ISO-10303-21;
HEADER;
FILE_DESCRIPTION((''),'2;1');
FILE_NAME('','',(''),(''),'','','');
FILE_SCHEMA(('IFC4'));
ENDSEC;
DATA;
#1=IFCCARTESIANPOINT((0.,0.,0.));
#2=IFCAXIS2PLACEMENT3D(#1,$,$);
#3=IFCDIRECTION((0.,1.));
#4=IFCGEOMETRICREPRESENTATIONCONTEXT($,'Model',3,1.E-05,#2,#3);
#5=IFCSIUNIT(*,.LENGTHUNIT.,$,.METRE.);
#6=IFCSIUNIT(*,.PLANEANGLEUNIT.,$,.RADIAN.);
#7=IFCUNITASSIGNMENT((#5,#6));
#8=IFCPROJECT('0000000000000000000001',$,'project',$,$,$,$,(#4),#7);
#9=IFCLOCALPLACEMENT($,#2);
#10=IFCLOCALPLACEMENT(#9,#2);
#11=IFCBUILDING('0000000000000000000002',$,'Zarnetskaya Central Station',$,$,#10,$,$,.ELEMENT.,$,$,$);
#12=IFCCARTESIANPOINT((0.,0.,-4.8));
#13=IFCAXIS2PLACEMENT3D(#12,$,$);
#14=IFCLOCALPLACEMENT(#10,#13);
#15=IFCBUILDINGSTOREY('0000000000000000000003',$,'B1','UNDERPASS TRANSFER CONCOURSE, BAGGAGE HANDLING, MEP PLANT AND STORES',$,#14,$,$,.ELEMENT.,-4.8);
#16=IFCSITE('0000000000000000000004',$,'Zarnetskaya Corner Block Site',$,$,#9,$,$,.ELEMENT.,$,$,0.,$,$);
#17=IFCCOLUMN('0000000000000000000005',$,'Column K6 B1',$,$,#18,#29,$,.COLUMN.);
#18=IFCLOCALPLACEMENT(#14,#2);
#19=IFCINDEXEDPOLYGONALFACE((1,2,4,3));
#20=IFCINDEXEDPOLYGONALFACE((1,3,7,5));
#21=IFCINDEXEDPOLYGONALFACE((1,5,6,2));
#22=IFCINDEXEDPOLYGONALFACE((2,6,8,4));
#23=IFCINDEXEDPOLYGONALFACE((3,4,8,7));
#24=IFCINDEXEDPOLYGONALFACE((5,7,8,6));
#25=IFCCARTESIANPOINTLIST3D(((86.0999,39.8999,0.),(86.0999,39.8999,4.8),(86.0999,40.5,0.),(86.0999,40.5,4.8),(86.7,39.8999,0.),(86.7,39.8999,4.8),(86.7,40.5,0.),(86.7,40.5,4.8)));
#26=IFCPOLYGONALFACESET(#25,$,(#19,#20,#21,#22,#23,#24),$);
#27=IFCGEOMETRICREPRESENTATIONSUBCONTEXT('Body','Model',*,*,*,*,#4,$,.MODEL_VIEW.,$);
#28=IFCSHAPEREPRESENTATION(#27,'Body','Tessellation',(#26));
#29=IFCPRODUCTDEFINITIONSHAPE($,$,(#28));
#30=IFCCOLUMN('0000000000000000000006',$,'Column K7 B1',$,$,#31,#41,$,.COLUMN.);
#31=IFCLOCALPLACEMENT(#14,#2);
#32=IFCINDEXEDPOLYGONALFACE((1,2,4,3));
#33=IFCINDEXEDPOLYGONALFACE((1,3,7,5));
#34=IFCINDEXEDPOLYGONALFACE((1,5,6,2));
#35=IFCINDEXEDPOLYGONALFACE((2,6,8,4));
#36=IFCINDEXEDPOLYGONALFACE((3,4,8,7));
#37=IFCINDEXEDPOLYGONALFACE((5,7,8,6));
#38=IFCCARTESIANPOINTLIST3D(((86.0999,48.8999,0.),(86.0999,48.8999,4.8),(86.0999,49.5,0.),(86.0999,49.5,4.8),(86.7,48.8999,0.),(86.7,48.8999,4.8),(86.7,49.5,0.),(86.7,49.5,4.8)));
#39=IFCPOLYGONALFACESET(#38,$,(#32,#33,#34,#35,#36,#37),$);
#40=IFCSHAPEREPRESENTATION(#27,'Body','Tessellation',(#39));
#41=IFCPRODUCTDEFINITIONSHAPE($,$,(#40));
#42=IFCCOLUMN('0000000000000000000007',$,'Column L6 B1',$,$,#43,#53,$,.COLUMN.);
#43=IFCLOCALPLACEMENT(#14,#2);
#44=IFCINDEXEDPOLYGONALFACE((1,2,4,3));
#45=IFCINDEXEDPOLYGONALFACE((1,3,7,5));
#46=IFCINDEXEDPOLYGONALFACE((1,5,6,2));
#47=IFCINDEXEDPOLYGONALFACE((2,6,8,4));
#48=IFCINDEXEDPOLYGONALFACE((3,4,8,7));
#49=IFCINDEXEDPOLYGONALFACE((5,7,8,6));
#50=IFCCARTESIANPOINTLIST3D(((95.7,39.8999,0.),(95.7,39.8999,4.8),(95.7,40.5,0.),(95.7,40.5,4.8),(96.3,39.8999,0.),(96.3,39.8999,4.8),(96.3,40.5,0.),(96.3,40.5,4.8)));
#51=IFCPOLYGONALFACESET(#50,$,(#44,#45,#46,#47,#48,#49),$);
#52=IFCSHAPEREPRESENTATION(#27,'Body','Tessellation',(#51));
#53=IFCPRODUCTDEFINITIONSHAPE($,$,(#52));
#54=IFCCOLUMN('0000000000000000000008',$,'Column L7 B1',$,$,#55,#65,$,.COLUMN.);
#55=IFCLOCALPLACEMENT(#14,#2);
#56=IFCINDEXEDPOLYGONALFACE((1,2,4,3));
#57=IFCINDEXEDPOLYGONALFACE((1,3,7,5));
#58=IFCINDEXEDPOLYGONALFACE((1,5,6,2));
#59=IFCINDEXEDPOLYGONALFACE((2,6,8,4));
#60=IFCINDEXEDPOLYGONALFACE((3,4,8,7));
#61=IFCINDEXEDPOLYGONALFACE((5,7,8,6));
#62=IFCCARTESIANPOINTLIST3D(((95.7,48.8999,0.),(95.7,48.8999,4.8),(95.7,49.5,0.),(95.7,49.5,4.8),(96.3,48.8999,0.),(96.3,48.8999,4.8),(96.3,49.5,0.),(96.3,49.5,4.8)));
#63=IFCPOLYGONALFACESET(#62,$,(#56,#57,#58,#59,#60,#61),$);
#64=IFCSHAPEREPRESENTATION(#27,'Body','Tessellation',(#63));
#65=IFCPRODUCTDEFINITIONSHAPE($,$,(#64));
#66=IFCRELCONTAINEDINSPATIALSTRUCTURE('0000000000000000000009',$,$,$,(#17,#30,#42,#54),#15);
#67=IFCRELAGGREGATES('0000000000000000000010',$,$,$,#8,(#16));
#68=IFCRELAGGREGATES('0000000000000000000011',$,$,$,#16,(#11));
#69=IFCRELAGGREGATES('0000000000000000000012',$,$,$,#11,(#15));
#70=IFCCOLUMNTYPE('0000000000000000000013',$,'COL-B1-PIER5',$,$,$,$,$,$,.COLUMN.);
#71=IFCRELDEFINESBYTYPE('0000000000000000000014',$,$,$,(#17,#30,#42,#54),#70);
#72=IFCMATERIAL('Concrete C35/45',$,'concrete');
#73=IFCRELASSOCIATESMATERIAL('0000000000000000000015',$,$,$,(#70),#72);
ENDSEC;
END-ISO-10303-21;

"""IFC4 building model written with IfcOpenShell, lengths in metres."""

from ifc_helpers import new_model, si_unit, direction, frame, origin, origin_2d, place, context, subcontext, project, spatial, rectangle, extrude, material, material_profile, profile_set, type_object, element, save


model = new_model("IFC4")

# Units and contexts
model_context = context("Model", 3, precision=1e-05, world=origin(), true_north=direction((0.0, 1.0)))
body_context = subcontext(model_context, "Body", "Model", "MODEL_VIEW")
ifc_project = project(units=[si_unit("LENGTHUNIT", "METRE"), si_unit("PLANEANGLEUNIT", "RADIAN")], contexts=[model_context])

# Site, building, storey
site_placement = place(None, origin())
site = spatial("IfcSite", under=ifc_project, at=site_placement, Name="Zarnetskaya Corner Block Site", CompositionType="ELEMENT", RefElevation=0.0)
building_placement = place(site_placement, origin())
building = spatial("IfcBuilding", under=site, at=building_placement, Name="Zarnetskaya Central Station", CompositionType="ELEMENT")
storey_placement = place(building_placement, frame((0.0, 0.0, -4.8)))
storey = spatial("IfcBuildingStorey", under=building, at=storey_placement, Name="B1", Description="UNDERPASS TRANSFER CONCOURSE, BAGGAGE HANDLING, MEP PLANT AND STORES", CompositionType="ELEMENT", Elevation=-4.8)

# Shared definitions
ifc_material = material(Name="Concrete C35/45", Category="concrete")

# Columns
ifc_material_profile_1 = material_profile(ifc_material, rectangle(XDim=0.6001, YDim=0.6001, at=origin_2d()), Name="RC 600x600")
ifc_profile_set_1 = profile_set([ifc_material_profile_1], Name="Concrete C35/45")
column_type = type_object("IfcColumnType", Name="COL-B1-PIER5", PredefinedType="COLUMN", material=ifc_profile_set_1)
for number, where, z_axis, x_axis, name in (
    (1, (86.3999, 40.2, 0.0), (0.0, 0.0, 1.0), (1.0, 0.0, 0.0), "Column K6 B1"),
    (2, (86.3999, 49.2, 0.0), (0.0, 0.0, 1.0), (1.0, 0.0, 0.0), "Column K7 B1"),
    (3, (96.0, 40.2, 0.0), (0.0, 0.0, 1.0), (1.0, 0.0, 0.0), "Column L6 B1"),
    (4, (96.0, 49.2, 0.0), (0.0, 0.0, 1.0), (1.0, 0.0, 0.0), "Column L7 B1"),
):
    element("IfcColumn", number, at=place(storey_placement, frame(where, z_axis=z_axis, x_axis=x_axis)), inside=storey, type_object=column_type, Name=name, PredefinedType="COLUMN", context=body_context, shape_type="SweptSolid", body=[
        extrude(rectangle(XDim=0.6001, YDim=0.6001, at=origin_2d()), origin(), (0.0, 0.0, 1.0), 4.8),
    ])

save(model, "model.ifc")
